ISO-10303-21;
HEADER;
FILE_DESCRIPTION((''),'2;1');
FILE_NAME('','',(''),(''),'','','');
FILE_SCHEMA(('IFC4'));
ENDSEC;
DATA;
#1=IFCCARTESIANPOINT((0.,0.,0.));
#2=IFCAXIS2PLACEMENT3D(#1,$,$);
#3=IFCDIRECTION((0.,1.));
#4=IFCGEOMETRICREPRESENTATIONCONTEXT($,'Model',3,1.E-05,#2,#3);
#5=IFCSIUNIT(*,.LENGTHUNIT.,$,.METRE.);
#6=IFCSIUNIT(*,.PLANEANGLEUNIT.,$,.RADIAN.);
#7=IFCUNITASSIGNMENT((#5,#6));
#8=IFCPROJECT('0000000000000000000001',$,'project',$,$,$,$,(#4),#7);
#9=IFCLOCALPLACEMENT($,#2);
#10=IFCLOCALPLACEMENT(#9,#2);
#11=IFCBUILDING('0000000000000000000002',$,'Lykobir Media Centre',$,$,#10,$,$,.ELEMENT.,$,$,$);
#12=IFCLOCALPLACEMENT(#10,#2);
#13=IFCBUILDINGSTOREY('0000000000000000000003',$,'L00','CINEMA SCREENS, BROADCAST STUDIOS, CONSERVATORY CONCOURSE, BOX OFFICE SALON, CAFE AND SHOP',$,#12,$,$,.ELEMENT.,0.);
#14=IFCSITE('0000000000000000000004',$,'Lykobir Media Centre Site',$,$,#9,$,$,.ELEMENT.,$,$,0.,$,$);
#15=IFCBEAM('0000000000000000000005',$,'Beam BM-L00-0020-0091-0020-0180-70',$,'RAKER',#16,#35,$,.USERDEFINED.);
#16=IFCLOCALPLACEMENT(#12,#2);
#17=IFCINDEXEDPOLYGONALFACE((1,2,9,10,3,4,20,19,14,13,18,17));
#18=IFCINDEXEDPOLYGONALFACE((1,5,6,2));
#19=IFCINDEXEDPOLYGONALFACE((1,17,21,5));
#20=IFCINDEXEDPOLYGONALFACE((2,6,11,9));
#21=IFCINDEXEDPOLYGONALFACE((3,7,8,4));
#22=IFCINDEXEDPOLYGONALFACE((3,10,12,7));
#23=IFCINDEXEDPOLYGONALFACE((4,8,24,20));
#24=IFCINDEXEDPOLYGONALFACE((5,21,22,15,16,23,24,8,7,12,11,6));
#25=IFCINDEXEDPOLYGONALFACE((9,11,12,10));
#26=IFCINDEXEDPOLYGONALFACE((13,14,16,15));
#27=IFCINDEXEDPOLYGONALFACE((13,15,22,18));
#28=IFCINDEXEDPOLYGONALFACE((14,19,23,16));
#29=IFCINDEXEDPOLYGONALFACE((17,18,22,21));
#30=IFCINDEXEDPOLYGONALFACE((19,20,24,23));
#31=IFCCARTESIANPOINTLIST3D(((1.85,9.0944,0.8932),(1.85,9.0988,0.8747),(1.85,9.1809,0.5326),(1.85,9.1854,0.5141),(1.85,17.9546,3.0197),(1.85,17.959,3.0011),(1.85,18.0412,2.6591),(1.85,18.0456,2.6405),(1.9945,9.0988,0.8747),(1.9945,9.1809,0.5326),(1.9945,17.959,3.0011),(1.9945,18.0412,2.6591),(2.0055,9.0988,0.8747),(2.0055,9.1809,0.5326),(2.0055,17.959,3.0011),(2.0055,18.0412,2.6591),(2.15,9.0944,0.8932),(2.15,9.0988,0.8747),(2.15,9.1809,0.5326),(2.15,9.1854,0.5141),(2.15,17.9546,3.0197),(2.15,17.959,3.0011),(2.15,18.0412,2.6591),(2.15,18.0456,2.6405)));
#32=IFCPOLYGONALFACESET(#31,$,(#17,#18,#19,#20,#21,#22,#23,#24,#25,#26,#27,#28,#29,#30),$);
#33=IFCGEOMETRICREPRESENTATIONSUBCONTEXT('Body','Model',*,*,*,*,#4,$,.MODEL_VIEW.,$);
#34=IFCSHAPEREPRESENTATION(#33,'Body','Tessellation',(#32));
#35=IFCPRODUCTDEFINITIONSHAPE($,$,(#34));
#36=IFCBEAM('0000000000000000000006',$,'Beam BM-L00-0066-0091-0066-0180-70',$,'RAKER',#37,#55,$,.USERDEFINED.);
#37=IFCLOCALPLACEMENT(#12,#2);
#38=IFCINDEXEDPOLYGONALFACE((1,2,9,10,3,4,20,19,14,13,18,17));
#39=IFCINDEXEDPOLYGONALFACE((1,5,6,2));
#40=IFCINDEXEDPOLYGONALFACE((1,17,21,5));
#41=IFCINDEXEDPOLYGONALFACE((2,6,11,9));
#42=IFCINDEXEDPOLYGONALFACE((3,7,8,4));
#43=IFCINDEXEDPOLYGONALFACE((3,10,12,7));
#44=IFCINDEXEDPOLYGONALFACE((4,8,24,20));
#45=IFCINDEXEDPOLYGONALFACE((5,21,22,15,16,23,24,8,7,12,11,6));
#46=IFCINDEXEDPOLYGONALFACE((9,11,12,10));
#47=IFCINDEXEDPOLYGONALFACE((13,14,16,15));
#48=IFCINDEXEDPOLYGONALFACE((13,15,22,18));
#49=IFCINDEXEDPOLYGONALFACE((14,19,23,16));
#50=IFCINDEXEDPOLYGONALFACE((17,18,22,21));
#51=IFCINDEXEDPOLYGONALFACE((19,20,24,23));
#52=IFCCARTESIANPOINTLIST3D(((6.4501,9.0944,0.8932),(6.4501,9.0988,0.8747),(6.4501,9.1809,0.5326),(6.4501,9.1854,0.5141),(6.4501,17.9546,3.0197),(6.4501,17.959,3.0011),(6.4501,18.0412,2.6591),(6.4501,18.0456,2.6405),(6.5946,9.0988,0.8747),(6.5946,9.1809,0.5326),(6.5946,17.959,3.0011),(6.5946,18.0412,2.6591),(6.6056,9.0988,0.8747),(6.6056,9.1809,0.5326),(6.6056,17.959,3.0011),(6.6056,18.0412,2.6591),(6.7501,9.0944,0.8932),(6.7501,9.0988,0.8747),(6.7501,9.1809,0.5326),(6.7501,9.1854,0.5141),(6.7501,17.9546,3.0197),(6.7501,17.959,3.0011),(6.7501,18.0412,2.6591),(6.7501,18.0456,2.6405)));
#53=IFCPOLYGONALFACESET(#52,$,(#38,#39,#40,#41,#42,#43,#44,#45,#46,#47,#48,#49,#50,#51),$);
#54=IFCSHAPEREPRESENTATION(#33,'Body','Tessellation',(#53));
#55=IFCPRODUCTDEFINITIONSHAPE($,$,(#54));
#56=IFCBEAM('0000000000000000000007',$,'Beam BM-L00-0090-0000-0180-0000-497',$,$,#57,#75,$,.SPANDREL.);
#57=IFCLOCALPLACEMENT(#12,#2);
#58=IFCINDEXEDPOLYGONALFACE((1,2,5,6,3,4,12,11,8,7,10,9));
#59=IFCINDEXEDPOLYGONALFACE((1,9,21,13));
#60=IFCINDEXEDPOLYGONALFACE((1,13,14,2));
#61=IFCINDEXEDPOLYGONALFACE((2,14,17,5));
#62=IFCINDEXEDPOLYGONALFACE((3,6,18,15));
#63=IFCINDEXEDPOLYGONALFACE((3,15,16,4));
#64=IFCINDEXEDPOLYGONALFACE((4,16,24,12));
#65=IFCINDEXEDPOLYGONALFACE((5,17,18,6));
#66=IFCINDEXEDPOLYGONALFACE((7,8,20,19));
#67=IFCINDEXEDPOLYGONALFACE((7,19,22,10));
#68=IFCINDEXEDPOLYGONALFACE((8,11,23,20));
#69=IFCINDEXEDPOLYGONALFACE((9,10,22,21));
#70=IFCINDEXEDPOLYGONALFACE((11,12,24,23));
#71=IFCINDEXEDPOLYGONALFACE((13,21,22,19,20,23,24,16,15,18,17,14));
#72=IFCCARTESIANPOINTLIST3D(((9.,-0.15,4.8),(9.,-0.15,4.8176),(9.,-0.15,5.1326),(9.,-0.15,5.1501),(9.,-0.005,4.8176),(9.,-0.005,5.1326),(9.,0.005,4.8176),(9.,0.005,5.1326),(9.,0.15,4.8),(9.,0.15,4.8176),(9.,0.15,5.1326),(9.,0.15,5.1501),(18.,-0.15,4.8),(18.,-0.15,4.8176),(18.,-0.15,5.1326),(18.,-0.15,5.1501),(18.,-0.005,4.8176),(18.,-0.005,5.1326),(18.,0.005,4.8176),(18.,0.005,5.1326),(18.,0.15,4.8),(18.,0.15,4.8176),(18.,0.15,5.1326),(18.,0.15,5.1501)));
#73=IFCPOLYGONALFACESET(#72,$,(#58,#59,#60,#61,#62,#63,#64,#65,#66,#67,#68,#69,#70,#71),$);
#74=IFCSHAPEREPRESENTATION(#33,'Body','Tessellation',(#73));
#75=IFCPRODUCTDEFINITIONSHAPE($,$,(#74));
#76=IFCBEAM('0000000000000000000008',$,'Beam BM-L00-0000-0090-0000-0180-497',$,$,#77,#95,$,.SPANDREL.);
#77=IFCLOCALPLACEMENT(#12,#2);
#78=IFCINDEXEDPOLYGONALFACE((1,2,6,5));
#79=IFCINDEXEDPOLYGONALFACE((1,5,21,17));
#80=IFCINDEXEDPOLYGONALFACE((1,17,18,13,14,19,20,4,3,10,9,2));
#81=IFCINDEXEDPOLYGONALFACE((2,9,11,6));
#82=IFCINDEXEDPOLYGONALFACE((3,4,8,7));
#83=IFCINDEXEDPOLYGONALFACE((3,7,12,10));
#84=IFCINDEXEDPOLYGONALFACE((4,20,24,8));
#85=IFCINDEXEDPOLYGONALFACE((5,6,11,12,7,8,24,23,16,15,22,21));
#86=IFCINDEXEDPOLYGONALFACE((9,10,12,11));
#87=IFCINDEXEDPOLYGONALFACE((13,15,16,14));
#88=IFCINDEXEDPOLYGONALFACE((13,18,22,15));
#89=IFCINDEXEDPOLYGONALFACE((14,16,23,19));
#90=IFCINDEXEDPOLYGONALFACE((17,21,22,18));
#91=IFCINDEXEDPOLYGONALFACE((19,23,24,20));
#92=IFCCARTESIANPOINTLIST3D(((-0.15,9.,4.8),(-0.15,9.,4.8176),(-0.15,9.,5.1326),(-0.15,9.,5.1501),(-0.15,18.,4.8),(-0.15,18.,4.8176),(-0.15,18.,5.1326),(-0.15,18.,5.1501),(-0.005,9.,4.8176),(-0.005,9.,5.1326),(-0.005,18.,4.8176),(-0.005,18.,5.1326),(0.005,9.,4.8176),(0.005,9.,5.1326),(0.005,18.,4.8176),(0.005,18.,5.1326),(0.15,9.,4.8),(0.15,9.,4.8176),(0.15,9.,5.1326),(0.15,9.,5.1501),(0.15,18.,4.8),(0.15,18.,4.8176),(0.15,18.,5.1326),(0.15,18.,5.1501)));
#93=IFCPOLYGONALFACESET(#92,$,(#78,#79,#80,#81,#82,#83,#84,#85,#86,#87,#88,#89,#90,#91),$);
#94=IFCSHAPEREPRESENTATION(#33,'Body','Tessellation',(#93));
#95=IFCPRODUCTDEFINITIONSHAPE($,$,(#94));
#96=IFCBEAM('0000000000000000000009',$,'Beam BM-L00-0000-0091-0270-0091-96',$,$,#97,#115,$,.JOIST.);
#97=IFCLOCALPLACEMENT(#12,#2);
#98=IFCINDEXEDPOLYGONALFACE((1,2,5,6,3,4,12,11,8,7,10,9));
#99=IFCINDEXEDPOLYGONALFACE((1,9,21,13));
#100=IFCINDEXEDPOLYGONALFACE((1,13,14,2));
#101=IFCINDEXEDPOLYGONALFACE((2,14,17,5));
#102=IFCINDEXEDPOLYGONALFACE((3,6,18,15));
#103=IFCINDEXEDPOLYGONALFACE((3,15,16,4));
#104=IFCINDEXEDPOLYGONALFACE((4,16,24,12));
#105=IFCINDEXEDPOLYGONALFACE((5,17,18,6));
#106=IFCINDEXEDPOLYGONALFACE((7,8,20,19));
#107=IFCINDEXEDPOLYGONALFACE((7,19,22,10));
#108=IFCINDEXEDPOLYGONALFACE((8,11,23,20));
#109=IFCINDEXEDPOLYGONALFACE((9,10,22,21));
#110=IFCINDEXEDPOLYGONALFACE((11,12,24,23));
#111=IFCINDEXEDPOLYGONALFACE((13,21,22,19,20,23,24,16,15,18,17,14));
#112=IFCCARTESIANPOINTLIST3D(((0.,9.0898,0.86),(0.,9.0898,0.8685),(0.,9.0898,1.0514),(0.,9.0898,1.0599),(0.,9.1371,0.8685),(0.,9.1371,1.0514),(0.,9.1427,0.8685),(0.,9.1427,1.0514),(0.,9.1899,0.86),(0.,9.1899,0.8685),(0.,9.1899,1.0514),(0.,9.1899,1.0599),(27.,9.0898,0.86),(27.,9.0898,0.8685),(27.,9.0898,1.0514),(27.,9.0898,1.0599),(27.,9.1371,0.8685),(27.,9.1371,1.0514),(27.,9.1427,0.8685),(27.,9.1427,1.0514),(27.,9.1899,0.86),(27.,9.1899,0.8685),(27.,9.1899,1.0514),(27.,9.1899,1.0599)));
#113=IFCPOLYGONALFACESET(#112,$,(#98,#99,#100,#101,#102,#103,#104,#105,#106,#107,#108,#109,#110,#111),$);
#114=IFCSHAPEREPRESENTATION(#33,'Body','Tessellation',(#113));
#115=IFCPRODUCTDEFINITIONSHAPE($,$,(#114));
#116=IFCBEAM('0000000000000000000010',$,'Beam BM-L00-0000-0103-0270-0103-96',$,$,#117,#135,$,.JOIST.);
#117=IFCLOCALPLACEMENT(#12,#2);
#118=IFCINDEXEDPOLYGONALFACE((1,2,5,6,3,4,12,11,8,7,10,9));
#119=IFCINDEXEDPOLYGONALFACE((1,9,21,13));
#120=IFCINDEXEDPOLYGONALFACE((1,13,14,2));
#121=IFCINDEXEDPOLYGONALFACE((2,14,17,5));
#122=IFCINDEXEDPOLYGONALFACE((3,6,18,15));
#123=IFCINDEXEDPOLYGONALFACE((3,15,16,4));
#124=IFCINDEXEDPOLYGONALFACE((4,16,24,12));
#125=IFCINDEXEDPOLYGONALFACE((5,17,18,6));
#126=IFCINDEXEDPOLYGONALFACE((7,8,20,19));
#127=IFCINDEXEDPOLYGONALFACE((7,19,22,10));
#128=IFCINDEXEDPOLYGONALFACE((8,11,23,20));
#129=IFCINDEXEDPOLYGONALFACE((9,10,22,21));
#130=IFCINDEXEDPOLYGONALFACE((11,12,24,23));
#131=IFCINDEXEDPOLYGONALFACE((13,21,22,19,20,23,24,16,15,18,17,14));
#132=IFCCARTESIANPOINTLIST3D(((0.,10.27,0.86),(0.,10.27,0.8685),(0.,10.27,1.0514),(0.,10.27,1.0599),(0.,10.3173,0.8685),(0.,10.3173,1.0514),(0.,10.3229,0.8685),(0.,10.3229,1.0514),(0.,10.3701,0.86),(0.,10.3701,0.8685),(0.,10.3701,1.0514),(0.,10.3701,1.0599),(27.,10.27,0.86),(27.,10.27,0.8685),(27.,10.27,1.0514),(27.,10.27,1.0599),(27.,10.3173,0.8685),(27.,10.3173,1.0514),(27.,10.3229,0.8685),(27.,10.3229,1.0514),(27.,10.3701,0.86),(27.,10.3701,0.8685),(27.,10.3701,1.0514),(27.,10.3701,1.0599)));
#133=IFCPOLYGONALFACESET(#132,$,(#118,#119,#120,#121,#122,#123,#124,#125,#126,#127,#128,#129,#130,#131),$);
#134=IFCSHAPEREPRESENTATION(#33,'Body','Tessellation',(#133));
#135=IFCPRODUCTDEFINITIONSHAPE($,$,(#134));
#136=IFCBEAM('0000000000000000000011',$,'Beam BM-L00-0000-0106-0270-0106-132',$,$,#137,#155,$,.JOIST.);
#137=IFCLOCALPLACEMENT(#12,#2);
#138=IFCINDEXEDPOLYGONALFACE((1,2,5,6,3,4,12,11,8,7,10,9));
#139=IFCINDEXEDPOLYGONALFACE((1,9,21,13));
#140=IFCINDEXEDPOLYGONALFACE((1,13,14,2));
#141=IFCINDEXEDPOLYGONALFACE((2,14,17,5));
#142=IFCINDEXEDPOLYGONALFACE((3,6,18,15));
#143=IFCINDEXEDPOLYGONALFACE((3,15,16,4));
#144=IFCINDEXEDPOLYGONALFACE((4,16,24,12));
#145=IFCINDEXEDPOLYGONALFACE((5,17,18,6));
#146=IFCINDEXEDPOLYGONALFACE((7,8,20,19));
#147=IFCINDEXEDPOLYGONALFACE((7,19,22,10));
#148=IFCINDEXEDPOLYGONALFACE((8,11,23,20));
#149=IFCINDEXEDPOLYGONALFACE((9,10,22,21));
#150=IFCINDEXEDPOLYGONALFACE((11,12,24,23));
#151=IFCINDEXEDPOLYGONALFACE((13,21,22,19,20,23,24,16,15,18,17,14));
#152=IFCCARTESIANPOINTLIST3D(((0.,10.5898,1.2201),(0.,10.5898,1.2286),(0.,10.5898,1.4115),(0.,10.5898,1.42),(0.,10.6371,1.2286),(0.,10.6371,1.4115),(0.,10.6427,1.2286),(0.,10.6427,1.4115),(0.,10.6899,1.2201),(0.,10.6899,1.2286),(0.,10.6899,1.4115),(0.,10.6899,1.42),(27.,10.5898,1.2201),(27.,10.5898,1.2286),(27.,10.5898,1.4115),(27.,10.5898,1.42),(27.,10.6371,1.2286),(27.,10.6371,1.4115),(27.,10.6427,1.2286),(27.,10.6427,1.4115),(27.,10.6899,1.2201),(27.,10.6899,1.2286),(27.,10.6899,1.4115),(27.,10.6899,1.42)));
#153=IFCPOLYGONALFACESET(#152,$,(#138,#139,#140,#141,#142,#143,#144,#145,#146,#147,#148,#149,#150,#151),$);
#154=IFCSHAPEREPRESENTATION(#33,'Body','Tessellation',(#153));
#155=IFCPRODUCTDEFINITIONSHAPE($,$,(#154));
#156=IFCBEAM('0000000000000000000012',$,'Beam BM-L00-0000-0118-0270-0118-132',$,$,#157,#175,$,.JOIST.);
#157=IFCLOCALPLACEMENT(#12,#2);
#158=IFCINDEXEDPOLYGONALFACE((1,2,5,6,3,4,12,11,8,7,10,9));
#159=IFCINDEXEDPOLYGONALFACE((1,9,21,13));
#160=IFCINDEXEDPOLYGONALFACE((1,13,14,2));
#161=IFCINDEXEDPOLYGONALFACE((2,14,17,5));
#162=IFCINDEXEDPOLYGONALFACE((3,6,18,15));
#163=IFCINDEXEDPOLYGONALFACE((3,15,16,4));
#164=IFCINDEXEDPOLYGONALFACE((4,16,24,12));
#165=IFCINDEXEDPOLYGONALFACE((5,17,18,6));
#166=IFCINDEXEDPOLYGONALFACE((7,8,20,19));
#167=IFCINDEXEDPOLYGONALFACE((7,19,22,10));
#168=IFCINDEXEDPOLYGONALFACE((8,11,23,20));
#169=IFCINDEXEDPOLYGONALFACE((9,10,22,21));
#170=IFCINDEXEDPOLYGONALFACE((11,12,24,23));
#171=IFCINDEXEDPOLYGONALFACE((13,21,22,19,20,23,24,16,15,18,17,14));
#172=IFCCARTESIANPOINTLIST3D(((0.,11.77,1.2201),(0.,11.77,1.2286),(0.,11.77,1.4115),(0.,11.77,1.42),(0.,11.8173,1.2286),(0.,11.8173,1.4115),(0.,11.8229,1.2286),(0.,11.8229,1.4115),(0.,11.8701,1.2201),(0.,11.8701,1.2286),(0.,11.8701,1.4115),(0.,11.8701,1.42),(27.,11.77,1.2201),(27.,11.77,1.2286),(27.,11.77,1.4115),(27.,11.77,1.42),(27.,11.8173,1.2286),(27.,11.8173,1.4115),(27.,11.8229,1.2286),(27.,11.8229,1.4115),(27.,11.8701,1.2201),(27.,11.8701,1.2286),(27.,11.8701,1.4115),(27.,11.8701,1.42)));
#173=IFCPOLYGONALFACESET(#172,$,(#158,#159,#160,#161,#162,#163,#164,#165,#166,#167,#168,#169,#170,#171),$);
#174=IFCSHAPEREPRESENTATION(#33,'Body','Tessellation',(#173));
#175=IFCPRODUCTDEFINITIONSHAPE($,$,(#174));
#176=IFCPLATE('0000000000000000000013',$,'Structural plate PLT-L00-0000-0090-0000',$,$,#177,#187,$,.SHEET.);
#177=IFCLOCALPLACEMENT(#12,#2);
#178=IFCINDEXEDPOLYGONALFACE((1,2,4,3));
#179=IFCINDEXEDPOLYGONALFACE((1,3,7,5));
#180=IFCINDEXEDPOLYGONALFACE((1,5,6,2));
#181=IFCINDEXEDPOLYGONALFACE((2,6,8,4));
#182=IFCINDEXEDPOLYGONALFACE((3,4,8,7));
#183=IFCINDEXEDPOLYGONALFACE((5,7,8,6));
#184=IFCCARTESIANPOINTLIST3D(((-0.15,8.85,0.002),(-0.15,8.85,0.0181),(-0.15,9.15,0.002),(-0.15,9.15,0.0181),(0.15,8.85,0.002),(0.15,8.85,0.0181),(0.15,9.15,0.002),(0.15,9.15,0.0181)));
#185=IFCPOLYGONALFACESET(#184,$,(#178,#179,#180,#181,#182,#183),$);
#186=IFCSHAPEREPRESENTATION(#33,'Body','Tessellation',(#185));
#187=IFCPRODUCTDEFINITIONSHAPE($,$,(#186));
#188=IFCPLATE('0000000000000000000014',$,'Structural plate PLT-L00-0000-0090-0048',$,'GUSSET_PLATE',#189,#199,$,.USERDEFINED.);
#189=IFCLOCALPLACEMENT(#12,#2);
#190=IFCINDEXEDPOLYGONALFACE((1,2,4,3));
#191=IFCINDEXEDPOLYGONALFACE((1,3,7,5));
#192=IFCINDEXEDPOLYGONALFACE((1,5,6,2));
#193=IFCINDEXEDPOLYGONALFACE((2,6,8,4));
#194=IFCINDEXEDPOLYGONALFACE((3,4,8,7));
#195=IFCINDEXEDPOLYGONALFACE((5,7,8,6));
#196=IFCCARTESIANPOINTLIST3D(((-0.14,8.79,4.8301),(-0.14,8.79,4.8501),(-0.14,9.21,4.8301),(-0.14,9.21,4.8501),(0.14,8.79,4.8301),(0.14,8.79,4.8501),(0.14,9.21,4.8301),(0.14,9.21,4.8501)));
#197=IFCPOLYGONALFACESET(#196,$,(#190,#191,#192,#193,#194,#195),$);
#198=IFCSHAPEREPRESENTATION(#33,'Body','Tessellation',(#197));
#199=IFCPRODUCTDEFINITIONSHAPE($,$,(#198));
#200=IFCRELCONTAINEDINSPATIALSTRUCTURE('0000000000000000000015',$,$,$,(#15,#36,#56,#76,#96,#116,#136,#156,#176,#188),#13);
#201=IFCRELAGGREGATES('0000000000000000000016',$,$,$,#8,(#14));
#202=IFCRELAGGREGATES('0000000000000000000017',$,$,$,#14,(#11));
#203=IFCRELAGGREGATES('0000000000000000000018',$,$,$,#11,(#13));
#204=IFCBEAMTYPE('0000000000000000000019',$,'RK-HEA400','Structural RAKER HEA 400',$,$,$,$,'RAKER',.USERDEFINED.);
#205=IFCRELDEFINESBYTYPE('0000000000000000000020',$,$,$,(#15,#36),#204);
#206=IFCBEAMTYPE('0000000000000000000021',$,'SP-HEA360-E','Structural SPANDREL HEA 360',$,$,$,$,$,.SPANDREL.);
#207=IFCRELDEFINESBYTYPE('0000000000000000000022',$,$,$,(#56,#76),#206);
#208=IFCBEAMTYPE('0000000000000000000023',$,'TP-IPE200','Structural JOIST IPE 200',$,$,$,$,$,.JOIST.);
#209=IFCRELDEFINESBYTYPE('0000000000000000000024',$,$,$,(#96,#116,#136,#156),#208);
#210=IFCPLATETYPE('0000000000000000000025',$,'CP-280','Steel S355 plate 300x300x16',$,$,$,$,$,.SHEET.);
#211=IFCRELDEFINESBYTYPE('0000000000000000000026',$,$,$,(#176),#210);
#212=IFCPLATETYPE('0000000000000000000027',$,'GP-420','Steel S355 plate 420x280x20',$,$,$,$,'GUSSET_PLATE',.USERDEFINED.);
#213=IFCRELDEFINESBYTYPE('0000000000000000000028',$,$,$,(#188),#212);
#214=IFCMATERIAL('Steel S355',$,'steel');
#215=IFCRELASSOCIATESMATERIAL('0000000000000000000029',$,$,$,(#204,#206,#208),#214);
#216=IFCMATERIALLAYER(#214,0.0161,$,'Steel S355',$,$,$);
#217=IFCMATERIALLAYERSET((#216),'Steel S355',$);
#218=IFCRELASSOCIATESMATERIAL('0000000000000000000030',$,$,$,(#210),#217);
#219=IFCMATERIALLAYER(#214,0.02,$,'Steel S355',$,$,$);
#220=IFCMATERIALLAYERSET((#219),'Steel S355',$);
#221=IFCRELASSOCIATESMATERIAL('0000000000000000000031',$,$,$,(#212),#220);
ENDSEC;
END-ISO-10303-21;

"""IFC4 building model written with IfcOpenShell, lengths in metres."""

from ifc_helpers import new_model, si_unit, direction, frame, origin, origin_2d, place, context, subcontext, project, spatial, rectangle, i_section, extrude, material, layer, layer_set, material_profile, profile_set, type_object, element, save


model = new_model("IFC4")

# Units and contexts
model_context = context("Model", 3, precision=1e-05, world=origin(), true_north=direction((0.0, 1.0)))
body_context = subcontext(model_context, "Body", "Model", "MODEL_VIEW")
ifc_project = project(units=[si_unit("LENGTHUNIT", "METRE"), si_unit("PLANEANGLEUNIT", "RADIAN")], contexts=[model_context])

# Site, building, storey
site_placement = place(None, origin())
site = spatial("IfcSite", under=ifc_project, at=site_placement, Name="Lykobir Media Centre Site", CompositionType="ELEMENT", RefElevation=0.0)
building_placement = place(site_placement, origin())
building = spatial("IfcBuilding", under=site, at=building_placement, Name="Lykobir Media Centre", CompositionType="ELEMENT")
storey_placement = place(building_placement, origin())
storey = spatial("IfcBuildingStorey", under=building, at=storey_placement, Name="L00", Description="CINEMA SCREENS, BROADCAST STUDIOS, CONSERVATORY CONCOURSE, BOX OFFICE SALON, CAFE AND SHOP", CompositionType="ELEMENT", Elevation=0.0)

# Shared definitions
ifc_material_1 = material(Name="Steel S355", Category="steel")

# Beams
ifc_material_profile_1 = material_profile(ifc_material_1, i_section(OverallWidth=0.3, OverallDepth=0.3899, WebThickness=0.011, FlangeThickness=0.019, at=origin_2d()), Name="HEA 400")
ifc_profile_set_1 = profile_set([ifc_material_profile_1], Name="Steel S355")
beam_type_1 = type_object("IfcBeamType", Name="RK-HEA400", Description="Structural RAKER HEA 400", ElementType="RAKER", PredefinedType="USERDEFINED", material=ifc_profile_set_1)
for number, where, z_axis, x_axis, name in (
    (1, (2.0, 9.1399, 0.7036), (0.0, 0.972386, 0.233377), (-1.0, 0.0, 0.0), "Beam BM-L00-0020-0091-0020-0180-70"),
    (2, (6.6001, 9.1399, 0.7036), (0.0, 0.972386, 0.233377), (-1.0, 0.0, 0.0), "Beam BM-L00-0066-0091-0066-0180-70"),
):
    element("IfcBeam", number, at=place(storey_placement, frame(where, z_axis=z_axis, x_axis=x_axis)), inside=storey, type_object=beam_type_1, Name=name, ObjectType="RAKER", PredefinedType="USERDEFINED", context=body_context, shape_type="SweptSolid", body=[
        extrude(i_section(OverallWidth=0.3, OverallDepth=0.3899, WebThickness=0.011, FlangeThickness=0.019, at=origin_2d()), origin(), (0.0, 0.0, 1.0), 9.1118),
    ])
ifc_material_profile_2 = material_profile(ifc_material_1, i_section(OverallWidth=0.3, OverallDepth=0.3501, WebThickness=0.01, FlangeThickness=0.0176, at=origin_2d()), Name="HEA 360")
ifc_profile_set_2 = profile_set([ifc_material_profile_2], Name="Steel S355")
beam_type_2 = type_object("IfcBeamType", Name="SP-HEA360-E", Description="Structural SPANDREL HEA 360", PredefinedType="SPANDREL", material=ifc_profile_set_2)
for number, where, z_axis, x_axis, name in (
    (3, (9.0, 0.0, 4.9751), (1.0, 0.0, 0.0), (0.0, 1.0, 0.0), "Beam BM-L00-0090-0000-0180-0000-497"),
    (4, (0.0, 9.0, 4.9751), (0.0, 1.0, 0.0), (-1.0, 0.0, 0.0), "Beam BM-L00-0000-0090-0000-0180-497"),
):
    element("IfcBeam", number, at=place(storey_placement, frame(where, z_axis=z_axis, x_axis=x_axis)), inside=storey, type_object=beam_type_2, Name=name, PredefinedType="SPANDREL", context=body_context, shape_type="SweptSolid", body=[
        extrude(i_section(OverallWidth=0.3, OverallDepth=0.3501, WebThickness=0.01, FlangeThickness=0.0176, at=origin_2d()), origin(), (0.0, 0.0, 1.0), 9.0),
    ])
ifc_material_profile_3 = material_profile(ifc_material_1, i_section(OverallWidth=0.1001, OverallDepth=0.2, WebThickness=0.0056, FlangeThickness=0.0085, at=origin_2d()), Name="IPE 200")
ifc_profile_set_3 = profile_set([ifc_material_profile_3], Name="Steel S355")
beam_type_3 = type_object("IfcBeamType", Name="TP-IPE200", Description="Structural JOIST IPE 200", PredefinedType="JOIST", material=ifc_profile_set_3)
for number, where, z_axis, x_axis, name in (
    (5, (0.0, 9.1399, 0.96), (1.0, 0.0, 0.0), (0.0, 1.0, 0.0), "Beam BM-L00-0000-0091-0270-0091-96"),
    (6, (0.0, 10.3201, 0.96), (1.0, 0.0, 0.0), (0.0, 1.0, 0.0), "Beam BM-L00-0000-0103-0270-0103-96"),
    (7, (0.0, 10.6399, 1.3201), (1.0, 0.0, 0.0), (0.0, 1.0, 0.0), "Beam BM-L00-0000-0106-0270-0106-132"),
    (8, (0.0, 11.8201, 1.3201), (1.0, 0.0, 0.0), (0.0, 1.0, 0.0), "Beam BM-L00-0000-0118-0270-0118-132"),
):
    element("IfcBeam", number, at=place(storey_placement, frame(where, z_axis=z_axis, x_axis=x_axis)), inside=storey, type_object=beam_type_3, Name=name, PredefinedType="JOIST", context=body_context, shape_type="SweptSolid", body=[
        extrude(i_section(OverallWidth=0.1001, OverallDepth=0.2, WebThickness=0.0056, FlangeThickness=0.0085, at=origin_2d()), origin(), (0.0, 0.0, 1.0), 27.0),
    ])

# Plates
ifc_layer_1 = layer(ifc_material_1, 0.0161, Name="Steel S355")
ifc_layer_set_1 = layer_set([ifc_layer_1], Name="Steel S355")
plate_type_1 = type_object("IfcPlateType", Name="CP-280", Description="Steel S355 plate 300x300x16", PredefinedType="SHEET", material=ifc_layer_set_1)
plate_placement = place(storey_placement, frame((0.0, 9.0, 0.002), z_axis=(0.0, 0.0, 1.0), x_axis=(0.0, 1.0, 0.0)))
element("IfcPlate", 9, at=plate_placement, inside=storey, type_object=plate_type_1, Name="Structural plate PLT-L00-0000-0090-0000", PredefinedType="SHEET", context=body_context, shape_type="SweptSolid", body=[
    extrude(rectangle(XDim=0.3, YDim=0.3, at=origin_2d()), origin(), (0.0, 0.0, 1.0), 0.0161),
])
ifc_layer_2 = layer(ifc_material_1, 0.02, Name="Steel S355")
ifc_layer_set_2 = layer_set([ifc_layer_2], Name="Steel S355")
plate_type_2 = type_object("IfcPlateType", Name="GP-420", Description="Steel S355 plate 420x280x20", ElementType="GUSSET_PLATE", PredefinedType="USERDEFINED", material=ifc_layer_set_2)
for number, where, z_axis, x_axis, name in (
    (10, (0.0, 9.0, 4.8301), (0.0, 0.0, 1.0), (0.0, 1.0, 0.0), "Structural plate PLT-L00-0000-0090-0048"),
):
    element("IfcPlate", number, at=place(storey_placement, frame(where, z_axis=z_axis, x_axis=x_axis)), inside=storey, type_object=plate_type_2, Name=name, ObjectType="GUSSET_PLATE", PredefinedType="USERDEFINED", context=body_context, shape_type="SweptSolid", body=[
        extrude(rectangle(XDim=0.4199, YDim=0.28, at=origin_2d()), origin(), (0.0, 0.0, 1.0), 0.02),
    ])

save(model, "model.ifc")
